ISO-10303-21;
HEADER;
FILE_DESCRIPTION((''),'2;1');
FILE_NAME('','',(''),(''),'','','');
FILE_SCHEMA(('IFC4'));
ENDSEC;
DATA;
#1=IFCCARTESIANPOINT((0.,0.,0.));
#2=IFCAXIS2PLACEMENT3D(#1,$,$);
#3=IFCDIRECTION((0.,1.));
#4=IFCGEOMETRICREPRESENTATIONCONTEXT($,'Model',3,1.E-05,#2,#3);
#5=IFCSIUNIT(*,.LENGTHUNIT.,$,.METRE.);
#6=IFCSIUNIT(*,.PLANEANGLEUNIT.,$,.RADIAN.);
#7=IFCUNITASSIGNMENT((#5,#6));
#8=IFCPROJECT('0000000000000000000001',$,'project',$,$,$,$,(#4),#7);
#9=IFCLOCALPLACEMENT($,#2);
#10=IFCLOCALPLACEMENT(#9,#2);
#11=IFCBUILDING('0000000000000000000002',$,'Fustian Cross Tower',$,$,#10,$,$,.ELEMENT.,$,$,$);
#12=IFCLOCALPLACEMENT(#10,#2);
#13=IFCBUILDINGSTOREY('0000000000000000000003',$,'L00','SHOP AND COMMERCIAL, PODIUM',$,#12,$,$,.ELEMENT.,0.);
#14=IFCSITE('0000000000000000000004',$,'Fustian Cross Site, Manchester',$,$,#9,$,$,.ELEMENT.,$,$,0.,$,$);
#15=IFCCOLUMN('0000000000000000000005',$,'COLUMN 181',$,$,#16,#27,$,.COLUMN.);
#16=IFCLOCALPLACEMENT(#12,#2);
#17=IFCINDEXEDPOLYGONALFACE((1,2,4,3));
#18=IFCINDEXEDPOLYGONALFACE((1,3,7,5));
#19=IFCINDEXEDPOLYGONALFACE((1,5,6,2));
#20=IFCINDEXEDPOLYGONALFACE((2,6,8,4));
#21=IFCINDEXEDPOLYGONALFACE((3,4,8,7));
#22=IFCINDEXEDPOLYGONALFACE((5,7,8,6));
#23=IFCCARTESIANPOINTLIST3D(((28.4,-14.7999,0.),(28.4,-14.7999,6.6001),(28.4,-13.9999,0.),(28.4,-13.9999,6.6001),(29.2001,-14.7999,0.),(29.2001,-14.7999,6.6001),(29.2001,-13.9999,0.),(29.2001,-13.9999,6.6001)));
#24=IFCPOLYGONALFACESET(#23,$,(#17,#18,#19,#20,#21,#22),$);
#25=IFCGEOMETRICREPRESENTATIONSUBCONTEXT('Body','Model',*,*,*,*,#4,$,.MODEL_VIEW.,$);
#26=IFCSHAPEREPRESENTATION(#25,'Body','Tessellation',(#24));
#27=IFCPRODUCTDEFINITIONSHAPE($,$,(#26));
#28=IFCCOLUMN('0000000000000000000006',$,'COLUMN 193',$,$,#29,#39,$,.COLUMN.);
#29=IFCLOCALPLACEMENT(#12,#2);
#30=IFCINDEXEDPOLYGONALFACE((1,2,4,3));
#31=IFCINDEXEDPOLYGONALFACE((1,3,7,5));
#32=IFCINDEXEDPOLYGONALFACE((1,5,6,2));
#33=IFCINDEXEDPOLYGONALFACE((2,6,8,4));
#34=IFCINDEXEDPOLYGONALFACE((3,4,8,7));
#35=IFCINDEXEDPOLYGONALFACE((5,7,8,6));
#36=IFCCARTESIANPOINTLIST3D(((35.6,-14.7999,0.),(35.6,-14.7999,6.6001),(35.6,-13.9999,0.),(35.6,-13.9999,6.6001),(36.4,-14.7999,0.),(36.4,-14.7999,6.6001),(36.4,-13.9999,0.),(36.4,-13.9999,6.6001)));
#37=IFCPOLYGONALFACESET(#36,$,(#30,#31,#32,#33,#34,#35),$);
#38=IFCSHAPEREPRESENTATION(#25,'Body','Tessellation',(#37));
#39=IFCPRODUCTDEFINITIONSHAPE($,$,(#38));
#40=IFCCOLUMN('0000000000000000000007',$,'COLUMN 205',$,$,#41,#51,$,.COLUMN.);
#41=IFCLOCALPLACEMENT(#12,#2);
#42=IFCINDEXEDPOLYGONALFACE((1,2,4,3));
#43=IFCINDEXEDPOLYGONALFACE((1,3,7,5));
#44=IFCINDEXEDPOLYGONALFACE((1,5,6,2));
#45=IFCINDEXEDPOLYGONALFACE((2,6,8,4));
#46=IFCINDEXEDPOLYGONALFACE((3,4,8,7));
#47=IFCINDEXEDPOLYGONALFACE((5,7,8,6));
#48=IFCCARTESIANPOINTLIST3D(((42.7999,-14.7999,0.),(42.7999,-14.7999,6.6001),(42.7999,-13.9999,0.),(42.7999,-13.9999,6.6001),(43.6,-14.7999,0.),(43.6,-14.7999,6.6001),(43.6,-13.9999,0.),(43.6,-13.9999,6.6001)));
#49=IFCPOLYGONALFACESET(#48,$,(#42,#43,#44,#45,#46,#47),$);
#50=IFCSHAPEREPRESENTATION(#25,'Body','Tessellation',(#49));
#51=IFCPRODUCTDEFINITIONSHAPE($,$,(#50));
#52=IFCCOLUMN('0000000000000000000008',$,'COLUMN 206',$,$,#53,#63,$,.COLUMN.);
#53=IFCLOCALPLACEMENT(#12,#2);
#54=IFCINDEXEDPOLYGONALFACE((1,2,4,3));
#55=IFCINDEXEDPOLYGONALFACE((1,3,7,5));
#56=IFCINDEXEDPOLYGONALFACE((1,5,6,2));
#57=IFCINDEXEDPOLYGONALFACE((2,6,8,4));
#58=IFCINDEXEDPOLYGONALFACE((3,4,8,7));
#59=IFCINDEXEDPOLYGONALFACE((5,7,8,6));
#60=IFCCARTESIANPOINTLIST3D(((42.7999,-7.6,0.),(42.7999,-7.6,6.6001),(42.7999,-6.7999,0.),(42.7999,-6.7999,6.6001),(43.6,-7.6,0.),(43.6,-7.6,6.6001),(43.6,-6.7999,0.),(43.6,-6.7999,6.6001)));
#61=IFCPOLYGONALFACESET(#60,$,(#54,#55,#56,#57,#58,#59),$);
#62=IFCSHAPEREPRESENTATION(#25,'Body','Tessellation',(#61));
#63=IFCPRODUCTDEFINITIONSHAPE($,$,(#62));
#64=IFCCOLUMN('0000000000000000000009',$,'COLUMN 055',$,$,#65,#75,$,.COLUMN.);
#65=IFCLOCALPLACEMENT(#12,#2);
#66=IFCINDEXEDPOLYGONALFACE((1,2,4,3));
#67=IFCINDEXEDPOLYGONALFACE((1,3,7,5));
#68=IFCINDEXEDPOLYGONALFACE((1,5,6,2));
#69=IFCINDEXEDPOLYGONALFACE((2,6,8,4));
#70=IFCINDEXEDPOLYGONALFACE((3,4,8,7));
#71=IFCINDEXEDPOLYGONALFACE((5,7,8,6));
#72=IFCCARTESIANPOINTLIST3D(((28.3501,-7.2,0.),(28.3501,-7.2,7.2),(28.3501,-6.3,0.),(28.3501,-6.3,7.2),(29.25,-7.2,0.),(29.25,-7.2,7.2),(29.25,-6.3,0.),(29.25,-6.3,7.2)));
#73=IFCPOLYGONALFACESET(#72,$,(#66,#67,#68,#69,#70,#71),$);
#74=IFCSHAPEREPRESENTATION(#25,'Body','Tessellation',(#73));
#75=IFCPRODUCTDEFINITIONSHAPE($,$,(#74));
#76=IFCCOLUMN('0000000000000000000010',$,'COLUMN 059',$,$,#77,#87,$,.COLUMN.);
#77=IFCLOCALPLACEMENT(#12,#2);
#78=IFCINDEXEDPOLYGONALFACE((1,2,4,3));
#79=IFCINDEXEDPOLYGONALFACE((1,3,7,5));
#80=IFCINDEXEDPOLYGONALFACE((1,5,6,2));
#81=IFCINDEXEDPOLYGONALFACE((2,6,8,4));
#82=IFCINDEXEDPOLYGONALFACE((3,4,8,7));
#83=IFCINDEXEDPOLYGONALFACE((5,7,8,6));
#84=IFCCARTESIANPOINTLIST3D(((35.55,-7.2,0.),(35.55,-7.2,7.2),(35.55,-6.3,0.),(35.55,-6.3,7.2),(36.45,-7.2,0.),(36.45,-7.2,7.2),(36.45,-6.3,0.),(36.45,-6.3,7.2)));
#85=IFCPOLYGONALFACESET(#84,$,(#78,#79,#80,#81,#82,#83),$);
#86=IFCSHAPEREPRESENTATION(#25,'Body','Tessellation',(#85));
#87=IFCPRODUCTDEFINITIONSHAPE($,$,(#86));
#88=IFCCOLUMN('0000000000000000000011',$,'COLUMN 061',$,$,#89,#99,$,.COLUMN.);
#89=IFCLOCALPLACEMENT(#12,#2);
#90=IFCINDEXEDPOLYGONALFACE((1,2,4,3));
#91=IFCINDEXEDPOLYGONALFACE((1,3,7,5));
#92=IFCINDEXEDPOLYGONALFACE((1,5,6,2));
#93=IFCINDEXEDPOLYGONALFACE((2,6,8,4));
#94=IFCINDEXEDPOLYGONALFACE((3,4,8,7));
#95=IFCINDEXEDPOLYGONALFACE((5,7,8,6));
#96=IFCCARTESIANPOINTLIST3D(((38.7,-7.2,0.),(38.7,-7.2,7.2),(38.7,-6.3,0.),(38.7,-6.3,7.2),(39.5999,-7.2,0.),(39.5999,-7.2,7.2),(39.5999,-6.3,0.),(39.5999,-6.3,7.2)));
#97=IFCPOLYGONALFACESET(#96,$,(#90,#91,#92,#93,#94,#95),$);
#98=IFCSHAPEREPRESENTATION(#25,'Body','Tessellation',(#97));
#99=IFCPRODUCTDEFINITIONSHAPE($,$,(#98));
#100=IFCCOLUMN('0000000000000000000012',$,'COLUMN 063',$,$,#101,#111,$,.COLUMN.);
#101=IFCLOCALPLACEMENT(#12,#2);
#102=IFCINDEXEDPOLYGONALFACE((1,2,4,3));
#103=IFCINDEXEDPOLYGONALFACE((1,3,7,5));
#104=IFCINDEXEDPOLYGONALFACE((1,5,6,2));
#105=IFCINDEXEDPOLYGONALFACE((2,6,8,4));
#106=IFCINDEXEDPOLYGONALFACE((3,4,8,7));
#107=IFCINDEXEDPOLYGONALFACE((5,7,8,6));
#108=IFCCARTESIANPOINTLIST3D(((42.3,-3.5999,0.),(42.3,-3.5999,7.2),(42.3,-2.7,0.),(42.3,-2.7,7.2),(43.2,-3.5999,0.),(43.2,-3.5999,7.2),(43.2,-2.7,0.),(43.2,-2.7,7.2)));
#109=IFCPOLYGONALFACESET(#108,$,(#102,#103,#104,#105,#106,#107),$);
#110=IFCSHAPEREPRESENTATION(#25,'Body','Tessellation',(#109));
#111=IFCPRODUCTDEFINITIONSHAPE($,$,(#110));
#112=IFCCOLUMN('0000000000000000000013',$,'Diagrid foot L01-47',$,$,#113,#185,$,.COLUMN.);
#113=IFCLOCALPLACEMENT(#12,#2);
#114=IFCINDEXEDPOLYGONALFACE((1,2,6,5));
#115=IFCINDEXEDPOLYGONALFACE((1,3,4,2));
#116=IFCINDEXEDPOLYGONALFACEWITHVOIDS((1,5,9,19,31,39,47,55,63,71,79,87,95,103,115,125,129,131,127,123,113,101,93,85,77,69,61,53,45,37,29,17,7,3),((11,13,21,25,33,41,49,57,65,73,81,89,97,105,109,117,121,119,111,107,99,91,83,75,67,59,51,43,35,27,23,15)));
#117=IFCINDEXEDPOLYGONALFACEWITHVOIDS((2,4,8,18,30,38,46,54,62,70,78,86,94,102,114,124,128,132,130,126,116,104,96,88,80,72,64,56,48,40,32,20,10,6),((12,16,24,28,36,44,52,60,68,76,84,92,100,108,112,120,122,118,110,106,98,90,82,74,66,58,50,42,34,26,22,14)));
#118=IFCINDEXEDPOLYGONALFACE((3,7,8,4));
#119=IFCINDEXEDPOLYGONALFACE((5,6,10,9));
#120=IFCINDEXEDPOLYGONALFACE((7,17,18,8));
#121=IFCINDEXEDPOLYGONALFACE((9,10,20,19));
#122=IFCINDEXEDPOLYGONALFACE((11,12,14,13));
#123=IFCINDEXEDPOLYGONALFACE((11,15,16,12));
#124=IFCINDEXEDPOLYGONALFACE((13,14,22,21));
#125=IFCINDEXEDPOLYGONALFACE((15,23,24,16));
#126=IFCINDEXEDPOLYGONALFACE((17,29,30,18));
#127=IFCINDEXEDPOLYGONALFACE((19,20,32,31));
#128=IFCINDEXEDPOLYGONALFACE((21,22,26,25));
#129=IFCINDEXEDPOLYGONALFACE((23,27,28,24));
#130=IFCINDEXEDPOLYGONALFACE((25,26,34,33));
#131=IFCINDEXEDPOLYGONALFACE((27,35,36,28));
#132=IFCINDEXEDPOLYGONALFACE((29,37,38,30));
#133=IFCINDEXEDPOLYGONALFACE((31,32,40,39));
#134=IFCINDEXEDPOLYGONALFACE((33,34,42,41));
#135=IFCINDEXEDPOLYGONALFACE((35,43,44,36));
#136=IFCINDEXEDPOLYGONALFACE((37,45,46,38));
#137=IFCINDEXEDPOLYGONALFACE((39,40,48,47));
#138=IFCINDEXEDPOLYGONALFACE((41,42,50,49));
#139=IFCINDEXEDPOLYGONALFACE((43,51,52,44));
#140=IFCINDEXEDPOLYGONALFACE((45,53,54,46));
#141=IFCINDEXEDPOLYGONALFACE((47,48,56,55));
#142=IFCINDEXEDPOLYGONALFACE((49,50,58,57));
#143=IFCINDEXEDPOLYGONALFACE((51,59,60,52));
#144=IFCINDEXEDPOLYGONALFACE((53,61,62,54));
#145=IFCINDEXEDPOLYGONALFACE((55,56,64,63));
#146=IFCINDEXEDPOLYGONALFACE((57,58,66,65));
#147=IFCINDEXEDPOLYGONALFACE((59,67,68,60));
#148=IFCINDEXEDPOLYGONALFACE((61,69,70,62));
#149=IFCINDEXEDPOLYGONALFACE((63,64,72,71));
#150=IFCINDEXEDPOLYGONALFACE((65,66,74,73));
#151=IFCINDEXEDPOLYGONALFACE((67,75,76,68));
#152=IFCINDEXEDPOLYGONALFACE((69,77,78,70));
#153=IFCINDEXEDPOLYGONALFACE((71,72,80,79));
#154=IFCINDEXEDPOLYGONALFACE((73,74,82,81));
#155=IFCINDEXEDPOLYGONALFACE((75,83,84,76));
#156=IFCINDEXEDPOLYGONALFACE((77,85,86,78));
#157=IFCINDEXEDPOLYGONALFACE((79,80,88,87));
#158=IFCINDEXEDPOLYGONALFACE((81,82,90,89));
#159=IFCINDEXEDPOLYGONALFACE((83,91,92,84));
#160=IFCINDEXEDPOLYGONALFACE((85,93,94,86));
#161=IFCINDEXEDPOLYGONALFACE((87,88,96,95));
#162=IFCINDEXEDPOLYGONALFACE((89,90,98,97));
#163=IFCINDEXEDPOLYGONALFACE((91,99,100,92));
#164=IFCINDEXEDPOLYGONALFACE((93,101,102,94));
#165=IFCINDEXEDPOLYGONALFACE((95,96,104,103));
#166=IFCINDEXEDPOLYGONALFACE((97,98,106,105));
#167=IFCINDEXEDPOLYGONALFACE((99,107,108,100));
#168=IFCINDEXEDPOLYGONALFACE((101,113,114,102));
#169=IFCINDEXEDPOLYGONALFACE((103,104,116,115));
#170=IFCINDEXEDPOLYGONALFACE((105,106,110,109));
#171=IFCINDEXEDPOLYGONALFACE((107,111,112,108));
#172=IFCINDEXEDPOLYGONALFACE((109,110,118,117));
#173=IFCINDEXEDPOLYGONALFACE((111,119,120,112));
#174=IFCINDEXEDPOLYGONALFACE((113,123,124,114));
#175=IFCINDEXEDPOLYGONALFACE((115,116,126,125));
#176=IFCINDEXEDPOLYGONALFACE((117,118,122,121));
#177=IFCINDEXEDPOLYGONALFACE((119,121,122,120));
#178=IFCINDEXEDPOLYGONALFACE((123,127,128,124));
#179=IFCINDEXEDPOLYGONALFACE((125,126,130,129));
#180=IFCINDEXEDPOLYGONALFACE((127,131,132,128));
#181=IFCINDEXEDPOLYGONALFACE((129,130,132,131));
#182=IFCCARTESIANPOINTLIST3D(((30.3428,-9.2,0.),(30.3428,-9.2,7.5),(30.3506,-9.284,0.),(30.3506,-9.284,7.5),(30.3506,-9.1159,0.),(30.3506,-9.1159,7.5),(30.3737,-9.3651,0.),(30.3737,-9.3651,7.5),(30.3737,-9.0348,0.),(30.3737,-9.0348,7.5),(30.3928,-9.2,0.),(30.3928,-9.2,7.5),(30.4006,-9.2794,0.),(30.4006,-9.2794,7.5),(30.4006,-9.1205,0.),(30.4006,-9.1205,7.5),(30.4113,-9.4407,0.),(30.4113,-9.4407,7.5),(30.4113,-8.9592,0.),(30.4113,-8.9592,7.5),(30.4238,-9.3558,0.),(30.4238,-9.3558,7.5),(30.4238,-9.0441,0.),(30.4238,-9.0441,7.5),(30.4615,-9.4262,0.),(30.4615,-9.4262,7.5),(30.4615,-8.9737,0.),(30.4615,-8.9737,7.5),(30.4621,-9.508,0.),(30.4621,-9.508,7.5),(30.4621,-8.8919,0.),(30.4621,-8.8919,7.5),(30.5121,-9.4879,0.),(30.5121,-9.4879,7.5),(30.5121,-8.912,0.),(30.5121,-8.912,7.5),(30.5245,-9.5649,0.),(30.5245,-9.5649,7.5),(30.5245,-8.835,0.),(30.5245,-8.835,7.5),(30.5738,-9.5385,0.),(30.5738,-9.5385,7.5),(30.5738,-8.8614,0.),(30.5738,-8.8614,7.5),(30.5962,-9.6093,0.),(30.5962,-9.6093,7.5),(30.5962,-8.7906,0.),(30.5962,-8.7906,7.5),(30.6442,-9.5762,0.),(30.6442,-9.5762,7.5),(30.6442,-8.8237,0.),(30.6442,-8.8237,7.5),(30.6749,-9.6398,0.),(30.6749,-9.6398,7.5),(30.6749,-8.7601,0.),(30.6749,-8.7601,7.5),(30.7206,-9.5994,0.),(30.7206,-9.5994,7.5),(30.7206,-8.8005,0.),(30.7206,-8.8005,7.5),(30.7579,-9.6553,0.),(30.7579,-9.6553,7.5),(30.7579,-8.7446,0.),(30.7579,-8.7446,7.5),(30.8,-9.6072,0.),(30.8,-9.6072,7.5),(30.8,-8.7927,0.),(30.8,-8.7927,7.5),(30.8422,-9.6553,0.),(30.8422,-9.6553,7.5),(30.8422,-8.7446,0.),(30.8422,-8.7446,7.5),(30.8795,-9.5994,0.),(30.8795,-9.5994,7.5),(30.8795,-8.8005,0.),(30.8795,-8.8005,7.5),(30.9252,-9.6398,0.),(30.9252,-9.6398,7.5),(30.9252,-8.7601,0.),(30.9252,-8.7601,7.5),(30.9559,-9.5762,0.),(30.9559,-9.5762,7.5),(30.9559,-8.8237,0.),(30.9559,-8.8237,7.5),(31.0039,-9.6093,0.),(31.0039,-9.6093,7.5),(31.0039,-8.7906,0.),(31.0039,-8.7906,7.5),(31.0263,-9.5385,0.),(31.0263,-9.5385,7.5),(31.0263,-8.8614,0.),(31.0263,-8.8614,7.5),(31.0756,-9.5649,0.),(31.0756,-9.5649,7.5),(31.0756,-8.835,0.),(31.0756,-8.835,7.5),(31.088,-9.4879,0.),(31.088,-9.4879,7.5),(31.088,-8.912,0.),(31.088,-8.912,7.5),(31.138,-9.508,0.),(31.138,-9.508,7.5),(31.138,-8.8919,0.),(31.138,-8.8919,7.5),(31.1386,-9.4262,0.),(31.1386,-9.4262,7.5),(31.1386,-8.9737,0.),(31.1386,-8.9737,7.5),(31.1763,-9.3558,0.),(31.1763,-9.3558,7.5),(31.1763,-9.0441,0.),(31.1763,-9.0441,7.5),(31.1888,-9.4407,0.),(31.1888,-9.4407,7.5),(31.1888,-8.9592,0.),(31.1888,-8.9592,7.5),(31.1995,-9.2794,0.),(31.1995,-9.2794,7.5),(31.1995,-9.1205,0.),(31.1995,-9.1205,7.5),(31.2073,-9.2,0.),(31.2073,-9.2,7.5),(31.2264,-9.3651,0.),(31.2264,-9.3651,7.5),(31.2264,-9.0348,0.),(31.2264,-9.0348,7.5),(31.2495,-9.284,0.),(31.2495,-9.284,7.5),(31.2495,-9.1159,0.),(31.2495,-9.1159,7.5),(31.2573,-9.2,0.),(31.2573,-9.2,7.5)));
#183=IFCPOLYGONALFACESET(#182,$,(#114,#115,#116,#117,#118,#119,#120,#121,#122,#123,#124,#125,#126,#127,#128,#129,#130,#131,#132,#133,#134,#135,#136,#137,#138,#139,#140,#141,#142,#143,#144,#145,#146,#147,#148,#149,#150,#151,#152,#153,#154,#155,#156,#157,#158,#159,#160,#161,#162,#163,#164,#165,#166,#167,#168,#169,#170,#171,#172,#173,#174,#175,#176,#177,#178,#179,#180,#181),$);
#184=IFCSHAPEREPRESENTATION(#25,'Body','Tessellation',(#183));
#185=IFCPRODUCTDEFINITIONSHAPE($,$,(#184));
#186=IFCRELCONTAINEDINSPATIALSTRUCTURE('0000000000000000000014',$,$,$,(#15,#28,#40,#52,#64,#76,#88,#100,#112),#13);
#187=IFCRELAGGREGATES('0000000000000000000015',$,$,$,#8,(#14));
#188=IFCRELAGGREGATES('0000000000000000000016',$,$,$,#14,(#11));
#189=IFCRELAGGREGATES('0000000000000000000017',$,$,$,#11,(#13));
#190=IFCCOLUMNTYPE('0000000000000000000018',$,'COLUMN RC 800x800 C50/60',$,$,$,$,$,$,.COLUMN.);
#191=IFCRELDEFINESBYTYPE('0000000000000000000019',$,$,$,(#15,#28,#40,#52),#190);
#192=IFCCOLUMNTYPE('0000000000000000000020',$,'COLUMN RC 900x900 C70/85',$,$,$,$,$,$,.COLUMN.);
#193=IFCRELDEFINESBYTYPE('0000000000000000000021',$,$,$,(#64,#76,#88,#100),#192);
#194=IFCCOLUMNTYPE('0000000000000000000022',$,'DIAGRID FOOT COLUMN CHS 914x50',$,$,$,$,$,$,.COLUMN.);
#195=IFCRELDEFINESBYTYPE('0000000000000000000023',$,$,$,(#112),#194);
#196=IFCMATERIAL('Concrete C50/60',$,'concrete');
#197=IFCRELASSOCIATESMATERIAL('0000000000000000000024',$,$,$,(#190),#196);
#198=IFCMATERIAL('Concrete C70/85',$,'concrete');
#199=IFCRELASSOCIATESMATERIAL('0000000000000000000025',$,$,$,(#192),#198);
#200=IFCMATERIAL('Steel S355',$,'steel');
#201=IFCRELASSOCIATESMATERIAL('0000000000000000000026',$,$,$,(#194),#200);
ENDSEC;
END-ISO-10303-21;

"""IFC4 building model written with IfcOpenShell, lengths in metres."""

from ifc_helpers import new_model, si_unit, direction, frame, origin, origin_2d, place, context, subcontext, project, spatial, rectangle, hollow_circle, extrude, material, material_profile, profile_set, type_object, element, save


model = new_model("IFC4")

# Units and contexts
model_context = context("Model", 3, precision=1e-05, world=origin(), true_north=direction((0.0, 1.0)))
body_context = subcontext(model_context, "Body", "Model", "MODEL_VIEW")
ifc_project = project(units=[si_unit("LENGTHUNIT", "METRE"), si_unit("PLANEANGLEUNIT", "RADIAN")], contexts=[model_context])

# Site, building, storey
site_placement = place(None, origin())
site = spatial("IfcSite", under=ifc_project, at=site_placement, Name="Fustian Cross Site, Manchester", CompositionType="ELEMENT", RefElevation=0.0)
building_placement = place(site_placement, origin())
building = spatial("IfcBuilding", under=site, at=building_placement, Name="Fustian Cross Tower", CompositionType="ELEMENT")
storey_placement = place(building_placement, origin())
storey = spatial("IfcBuildingStorey", under=building, at=storey_placement, Name="L00", Description="SHOP AND COMMERCIAL, PODIUM", CompositionType="ELEMENT", Elevation=0.0)

# Columns
ifc_material_1 = material(Name="Concrete C50/60", Category="concrete")
ifc_material_profile_1 = material_profile(ifc_material_1, rectangle(XDim=0.8, YDim=0.8, at=origin_2d()), Name="RC 800x800")
ifc_profile_set_1 = profile_set([ifc_material_profile_1], Name="Concrete C50/60")
column_type_1 = type_object("IfcColumnType", Name="COLUMN RC 800x800 C50/60", PredefinedType="COLUMN", material=ifc_profile_set_1)
for number, where, z_axis, x_axis, name in (
    (1, (28.8, -14.3999, 0.0), (0.0, 0.0, 1.0), (1.0, 0.0, 0.0), "COLUMN 181"),
    (2, (36.0, -14.3999, 0.0), (0.0, 0.0, 1.0), (1.0, 0.0, 0.0), "COLUMN 193"),
    (3, (43.2, -14.3999, 0.0), (0.0, 0.0, 1.0), (1.0, 0.0, 0.0), "COLUMN 205"),
    (4, (43.2, -7.2, 0.0), (0.0, 0.0, 1.0), (1.0, 0.0, 0.0), "COLUMN 206"),
):
    element("IfcColumn", number, at=place(storey_placement, frame(where, z_axis=z_axis, x_axis=x_axis)), inside=storey, type_object=column_type_1, Name=name, PredefinedType="COLUMN", context=body_context, shape_type="SweptSolid", body=[
        extrude(rectangle(XDim=0.8, YDim=0.8, at=origin_2d()), origin(), (0.0, 0.0, 1.0), 6.6001),
    ])
ifc_material_2 = material(Name="Concrete C70/85", Category="concrete")
ifc_material_profile_2 = material_profile(ifc_material_2, rectangle(XDim=0.8999, YDim=0.8999, at=origin_2d()), Name="RC 900x900")
ifc_profile_set_2 = profile_set([ifc_material_profile_2], Name="Concrete C70/85")
column_type_2 = type_object("IfcColumnType", Name="COLUMN RC 900x900 C70/85", PredefinedType="COLUMN", material=ifc_profile_set_2)
for number, where, z_axis, x_axis, name in (
    (5, (28.8, -6.75, 0.0), (0.0, 0.0, 1.0), (1.0, 0.0, 0.0), "COLUMN 055"),
    (6, (36.0, -6.75, 0.0), (0.0, 0.0, 1.0), (1.0, 0.0, 0.0), "COLUMN 059"),
    (7, (39.1499, -6.75, 0.0), (0.0, 0.0, 1.0), (1.0, 0.0, 0.0), "COLUMN 061"),
    (8, (42.75, -3.1499, 0.0), (0.0, 0.0, 1.0), (1.0, 0.0, 0.0), "COLUMN 063"),
):
    element("IfcColumn", number, at=place(storey_placement, frame(where, z_axis=z_axis, x_axis=x_axis)), inside=storey, type_object=column_type_2, Name=name, PredefinedType="COLUMN", context=body_context, shape_type="SweptSolid", body=[
        extrude(rectangle(XDim=0.8999, YDim=0.8999, at=origin_2d()), origin(), (0.0, 0.0, 1.0), 7.2),
    ])
ifc_material_3 = material(Name="Steel S355", Category="steel")
ifc_material_profile_3 = material_profile(ifc_material_3, hollow_circle(Radius=0.4573, WallThickness=0.05, at=origin_2d()), Name="CHS 914x50")
ifc_profile_set_3 = profile_set([ifc_material_profile_3], Name="Steel S355")
column_type_3 = type_object("IfcColumnType", Name="DIAGRID FOOT COLUMN CHS 914x50", PredefinedType="COLUMN", material=ifc_profile_set_3)
for number, where, z_axis, x_axis, name in (
    (9, (30.8, -9.2, 0.0), (0.0, 0.0, 1.0), (1.0, 0.0, 0.0), "Diagrid foot L01-47"),
):
    element("IfcColumn", number, at=place(storey_placement, frame(where, z_axis=z_axis, x_axis=x_axis)), inside=storey, type_object=column_type_3, Name=name, PredefinedType="COLUMN", context=body_context, shape_type="SweptSolid", body=[
        extrude(hollow_circle(Radius=0.4573, WallThickness=0.05, at=origin_2d()), origin(), (0.0, 0.0, 1.0), 7.5),
    ])

save(model, "model.ifc")
